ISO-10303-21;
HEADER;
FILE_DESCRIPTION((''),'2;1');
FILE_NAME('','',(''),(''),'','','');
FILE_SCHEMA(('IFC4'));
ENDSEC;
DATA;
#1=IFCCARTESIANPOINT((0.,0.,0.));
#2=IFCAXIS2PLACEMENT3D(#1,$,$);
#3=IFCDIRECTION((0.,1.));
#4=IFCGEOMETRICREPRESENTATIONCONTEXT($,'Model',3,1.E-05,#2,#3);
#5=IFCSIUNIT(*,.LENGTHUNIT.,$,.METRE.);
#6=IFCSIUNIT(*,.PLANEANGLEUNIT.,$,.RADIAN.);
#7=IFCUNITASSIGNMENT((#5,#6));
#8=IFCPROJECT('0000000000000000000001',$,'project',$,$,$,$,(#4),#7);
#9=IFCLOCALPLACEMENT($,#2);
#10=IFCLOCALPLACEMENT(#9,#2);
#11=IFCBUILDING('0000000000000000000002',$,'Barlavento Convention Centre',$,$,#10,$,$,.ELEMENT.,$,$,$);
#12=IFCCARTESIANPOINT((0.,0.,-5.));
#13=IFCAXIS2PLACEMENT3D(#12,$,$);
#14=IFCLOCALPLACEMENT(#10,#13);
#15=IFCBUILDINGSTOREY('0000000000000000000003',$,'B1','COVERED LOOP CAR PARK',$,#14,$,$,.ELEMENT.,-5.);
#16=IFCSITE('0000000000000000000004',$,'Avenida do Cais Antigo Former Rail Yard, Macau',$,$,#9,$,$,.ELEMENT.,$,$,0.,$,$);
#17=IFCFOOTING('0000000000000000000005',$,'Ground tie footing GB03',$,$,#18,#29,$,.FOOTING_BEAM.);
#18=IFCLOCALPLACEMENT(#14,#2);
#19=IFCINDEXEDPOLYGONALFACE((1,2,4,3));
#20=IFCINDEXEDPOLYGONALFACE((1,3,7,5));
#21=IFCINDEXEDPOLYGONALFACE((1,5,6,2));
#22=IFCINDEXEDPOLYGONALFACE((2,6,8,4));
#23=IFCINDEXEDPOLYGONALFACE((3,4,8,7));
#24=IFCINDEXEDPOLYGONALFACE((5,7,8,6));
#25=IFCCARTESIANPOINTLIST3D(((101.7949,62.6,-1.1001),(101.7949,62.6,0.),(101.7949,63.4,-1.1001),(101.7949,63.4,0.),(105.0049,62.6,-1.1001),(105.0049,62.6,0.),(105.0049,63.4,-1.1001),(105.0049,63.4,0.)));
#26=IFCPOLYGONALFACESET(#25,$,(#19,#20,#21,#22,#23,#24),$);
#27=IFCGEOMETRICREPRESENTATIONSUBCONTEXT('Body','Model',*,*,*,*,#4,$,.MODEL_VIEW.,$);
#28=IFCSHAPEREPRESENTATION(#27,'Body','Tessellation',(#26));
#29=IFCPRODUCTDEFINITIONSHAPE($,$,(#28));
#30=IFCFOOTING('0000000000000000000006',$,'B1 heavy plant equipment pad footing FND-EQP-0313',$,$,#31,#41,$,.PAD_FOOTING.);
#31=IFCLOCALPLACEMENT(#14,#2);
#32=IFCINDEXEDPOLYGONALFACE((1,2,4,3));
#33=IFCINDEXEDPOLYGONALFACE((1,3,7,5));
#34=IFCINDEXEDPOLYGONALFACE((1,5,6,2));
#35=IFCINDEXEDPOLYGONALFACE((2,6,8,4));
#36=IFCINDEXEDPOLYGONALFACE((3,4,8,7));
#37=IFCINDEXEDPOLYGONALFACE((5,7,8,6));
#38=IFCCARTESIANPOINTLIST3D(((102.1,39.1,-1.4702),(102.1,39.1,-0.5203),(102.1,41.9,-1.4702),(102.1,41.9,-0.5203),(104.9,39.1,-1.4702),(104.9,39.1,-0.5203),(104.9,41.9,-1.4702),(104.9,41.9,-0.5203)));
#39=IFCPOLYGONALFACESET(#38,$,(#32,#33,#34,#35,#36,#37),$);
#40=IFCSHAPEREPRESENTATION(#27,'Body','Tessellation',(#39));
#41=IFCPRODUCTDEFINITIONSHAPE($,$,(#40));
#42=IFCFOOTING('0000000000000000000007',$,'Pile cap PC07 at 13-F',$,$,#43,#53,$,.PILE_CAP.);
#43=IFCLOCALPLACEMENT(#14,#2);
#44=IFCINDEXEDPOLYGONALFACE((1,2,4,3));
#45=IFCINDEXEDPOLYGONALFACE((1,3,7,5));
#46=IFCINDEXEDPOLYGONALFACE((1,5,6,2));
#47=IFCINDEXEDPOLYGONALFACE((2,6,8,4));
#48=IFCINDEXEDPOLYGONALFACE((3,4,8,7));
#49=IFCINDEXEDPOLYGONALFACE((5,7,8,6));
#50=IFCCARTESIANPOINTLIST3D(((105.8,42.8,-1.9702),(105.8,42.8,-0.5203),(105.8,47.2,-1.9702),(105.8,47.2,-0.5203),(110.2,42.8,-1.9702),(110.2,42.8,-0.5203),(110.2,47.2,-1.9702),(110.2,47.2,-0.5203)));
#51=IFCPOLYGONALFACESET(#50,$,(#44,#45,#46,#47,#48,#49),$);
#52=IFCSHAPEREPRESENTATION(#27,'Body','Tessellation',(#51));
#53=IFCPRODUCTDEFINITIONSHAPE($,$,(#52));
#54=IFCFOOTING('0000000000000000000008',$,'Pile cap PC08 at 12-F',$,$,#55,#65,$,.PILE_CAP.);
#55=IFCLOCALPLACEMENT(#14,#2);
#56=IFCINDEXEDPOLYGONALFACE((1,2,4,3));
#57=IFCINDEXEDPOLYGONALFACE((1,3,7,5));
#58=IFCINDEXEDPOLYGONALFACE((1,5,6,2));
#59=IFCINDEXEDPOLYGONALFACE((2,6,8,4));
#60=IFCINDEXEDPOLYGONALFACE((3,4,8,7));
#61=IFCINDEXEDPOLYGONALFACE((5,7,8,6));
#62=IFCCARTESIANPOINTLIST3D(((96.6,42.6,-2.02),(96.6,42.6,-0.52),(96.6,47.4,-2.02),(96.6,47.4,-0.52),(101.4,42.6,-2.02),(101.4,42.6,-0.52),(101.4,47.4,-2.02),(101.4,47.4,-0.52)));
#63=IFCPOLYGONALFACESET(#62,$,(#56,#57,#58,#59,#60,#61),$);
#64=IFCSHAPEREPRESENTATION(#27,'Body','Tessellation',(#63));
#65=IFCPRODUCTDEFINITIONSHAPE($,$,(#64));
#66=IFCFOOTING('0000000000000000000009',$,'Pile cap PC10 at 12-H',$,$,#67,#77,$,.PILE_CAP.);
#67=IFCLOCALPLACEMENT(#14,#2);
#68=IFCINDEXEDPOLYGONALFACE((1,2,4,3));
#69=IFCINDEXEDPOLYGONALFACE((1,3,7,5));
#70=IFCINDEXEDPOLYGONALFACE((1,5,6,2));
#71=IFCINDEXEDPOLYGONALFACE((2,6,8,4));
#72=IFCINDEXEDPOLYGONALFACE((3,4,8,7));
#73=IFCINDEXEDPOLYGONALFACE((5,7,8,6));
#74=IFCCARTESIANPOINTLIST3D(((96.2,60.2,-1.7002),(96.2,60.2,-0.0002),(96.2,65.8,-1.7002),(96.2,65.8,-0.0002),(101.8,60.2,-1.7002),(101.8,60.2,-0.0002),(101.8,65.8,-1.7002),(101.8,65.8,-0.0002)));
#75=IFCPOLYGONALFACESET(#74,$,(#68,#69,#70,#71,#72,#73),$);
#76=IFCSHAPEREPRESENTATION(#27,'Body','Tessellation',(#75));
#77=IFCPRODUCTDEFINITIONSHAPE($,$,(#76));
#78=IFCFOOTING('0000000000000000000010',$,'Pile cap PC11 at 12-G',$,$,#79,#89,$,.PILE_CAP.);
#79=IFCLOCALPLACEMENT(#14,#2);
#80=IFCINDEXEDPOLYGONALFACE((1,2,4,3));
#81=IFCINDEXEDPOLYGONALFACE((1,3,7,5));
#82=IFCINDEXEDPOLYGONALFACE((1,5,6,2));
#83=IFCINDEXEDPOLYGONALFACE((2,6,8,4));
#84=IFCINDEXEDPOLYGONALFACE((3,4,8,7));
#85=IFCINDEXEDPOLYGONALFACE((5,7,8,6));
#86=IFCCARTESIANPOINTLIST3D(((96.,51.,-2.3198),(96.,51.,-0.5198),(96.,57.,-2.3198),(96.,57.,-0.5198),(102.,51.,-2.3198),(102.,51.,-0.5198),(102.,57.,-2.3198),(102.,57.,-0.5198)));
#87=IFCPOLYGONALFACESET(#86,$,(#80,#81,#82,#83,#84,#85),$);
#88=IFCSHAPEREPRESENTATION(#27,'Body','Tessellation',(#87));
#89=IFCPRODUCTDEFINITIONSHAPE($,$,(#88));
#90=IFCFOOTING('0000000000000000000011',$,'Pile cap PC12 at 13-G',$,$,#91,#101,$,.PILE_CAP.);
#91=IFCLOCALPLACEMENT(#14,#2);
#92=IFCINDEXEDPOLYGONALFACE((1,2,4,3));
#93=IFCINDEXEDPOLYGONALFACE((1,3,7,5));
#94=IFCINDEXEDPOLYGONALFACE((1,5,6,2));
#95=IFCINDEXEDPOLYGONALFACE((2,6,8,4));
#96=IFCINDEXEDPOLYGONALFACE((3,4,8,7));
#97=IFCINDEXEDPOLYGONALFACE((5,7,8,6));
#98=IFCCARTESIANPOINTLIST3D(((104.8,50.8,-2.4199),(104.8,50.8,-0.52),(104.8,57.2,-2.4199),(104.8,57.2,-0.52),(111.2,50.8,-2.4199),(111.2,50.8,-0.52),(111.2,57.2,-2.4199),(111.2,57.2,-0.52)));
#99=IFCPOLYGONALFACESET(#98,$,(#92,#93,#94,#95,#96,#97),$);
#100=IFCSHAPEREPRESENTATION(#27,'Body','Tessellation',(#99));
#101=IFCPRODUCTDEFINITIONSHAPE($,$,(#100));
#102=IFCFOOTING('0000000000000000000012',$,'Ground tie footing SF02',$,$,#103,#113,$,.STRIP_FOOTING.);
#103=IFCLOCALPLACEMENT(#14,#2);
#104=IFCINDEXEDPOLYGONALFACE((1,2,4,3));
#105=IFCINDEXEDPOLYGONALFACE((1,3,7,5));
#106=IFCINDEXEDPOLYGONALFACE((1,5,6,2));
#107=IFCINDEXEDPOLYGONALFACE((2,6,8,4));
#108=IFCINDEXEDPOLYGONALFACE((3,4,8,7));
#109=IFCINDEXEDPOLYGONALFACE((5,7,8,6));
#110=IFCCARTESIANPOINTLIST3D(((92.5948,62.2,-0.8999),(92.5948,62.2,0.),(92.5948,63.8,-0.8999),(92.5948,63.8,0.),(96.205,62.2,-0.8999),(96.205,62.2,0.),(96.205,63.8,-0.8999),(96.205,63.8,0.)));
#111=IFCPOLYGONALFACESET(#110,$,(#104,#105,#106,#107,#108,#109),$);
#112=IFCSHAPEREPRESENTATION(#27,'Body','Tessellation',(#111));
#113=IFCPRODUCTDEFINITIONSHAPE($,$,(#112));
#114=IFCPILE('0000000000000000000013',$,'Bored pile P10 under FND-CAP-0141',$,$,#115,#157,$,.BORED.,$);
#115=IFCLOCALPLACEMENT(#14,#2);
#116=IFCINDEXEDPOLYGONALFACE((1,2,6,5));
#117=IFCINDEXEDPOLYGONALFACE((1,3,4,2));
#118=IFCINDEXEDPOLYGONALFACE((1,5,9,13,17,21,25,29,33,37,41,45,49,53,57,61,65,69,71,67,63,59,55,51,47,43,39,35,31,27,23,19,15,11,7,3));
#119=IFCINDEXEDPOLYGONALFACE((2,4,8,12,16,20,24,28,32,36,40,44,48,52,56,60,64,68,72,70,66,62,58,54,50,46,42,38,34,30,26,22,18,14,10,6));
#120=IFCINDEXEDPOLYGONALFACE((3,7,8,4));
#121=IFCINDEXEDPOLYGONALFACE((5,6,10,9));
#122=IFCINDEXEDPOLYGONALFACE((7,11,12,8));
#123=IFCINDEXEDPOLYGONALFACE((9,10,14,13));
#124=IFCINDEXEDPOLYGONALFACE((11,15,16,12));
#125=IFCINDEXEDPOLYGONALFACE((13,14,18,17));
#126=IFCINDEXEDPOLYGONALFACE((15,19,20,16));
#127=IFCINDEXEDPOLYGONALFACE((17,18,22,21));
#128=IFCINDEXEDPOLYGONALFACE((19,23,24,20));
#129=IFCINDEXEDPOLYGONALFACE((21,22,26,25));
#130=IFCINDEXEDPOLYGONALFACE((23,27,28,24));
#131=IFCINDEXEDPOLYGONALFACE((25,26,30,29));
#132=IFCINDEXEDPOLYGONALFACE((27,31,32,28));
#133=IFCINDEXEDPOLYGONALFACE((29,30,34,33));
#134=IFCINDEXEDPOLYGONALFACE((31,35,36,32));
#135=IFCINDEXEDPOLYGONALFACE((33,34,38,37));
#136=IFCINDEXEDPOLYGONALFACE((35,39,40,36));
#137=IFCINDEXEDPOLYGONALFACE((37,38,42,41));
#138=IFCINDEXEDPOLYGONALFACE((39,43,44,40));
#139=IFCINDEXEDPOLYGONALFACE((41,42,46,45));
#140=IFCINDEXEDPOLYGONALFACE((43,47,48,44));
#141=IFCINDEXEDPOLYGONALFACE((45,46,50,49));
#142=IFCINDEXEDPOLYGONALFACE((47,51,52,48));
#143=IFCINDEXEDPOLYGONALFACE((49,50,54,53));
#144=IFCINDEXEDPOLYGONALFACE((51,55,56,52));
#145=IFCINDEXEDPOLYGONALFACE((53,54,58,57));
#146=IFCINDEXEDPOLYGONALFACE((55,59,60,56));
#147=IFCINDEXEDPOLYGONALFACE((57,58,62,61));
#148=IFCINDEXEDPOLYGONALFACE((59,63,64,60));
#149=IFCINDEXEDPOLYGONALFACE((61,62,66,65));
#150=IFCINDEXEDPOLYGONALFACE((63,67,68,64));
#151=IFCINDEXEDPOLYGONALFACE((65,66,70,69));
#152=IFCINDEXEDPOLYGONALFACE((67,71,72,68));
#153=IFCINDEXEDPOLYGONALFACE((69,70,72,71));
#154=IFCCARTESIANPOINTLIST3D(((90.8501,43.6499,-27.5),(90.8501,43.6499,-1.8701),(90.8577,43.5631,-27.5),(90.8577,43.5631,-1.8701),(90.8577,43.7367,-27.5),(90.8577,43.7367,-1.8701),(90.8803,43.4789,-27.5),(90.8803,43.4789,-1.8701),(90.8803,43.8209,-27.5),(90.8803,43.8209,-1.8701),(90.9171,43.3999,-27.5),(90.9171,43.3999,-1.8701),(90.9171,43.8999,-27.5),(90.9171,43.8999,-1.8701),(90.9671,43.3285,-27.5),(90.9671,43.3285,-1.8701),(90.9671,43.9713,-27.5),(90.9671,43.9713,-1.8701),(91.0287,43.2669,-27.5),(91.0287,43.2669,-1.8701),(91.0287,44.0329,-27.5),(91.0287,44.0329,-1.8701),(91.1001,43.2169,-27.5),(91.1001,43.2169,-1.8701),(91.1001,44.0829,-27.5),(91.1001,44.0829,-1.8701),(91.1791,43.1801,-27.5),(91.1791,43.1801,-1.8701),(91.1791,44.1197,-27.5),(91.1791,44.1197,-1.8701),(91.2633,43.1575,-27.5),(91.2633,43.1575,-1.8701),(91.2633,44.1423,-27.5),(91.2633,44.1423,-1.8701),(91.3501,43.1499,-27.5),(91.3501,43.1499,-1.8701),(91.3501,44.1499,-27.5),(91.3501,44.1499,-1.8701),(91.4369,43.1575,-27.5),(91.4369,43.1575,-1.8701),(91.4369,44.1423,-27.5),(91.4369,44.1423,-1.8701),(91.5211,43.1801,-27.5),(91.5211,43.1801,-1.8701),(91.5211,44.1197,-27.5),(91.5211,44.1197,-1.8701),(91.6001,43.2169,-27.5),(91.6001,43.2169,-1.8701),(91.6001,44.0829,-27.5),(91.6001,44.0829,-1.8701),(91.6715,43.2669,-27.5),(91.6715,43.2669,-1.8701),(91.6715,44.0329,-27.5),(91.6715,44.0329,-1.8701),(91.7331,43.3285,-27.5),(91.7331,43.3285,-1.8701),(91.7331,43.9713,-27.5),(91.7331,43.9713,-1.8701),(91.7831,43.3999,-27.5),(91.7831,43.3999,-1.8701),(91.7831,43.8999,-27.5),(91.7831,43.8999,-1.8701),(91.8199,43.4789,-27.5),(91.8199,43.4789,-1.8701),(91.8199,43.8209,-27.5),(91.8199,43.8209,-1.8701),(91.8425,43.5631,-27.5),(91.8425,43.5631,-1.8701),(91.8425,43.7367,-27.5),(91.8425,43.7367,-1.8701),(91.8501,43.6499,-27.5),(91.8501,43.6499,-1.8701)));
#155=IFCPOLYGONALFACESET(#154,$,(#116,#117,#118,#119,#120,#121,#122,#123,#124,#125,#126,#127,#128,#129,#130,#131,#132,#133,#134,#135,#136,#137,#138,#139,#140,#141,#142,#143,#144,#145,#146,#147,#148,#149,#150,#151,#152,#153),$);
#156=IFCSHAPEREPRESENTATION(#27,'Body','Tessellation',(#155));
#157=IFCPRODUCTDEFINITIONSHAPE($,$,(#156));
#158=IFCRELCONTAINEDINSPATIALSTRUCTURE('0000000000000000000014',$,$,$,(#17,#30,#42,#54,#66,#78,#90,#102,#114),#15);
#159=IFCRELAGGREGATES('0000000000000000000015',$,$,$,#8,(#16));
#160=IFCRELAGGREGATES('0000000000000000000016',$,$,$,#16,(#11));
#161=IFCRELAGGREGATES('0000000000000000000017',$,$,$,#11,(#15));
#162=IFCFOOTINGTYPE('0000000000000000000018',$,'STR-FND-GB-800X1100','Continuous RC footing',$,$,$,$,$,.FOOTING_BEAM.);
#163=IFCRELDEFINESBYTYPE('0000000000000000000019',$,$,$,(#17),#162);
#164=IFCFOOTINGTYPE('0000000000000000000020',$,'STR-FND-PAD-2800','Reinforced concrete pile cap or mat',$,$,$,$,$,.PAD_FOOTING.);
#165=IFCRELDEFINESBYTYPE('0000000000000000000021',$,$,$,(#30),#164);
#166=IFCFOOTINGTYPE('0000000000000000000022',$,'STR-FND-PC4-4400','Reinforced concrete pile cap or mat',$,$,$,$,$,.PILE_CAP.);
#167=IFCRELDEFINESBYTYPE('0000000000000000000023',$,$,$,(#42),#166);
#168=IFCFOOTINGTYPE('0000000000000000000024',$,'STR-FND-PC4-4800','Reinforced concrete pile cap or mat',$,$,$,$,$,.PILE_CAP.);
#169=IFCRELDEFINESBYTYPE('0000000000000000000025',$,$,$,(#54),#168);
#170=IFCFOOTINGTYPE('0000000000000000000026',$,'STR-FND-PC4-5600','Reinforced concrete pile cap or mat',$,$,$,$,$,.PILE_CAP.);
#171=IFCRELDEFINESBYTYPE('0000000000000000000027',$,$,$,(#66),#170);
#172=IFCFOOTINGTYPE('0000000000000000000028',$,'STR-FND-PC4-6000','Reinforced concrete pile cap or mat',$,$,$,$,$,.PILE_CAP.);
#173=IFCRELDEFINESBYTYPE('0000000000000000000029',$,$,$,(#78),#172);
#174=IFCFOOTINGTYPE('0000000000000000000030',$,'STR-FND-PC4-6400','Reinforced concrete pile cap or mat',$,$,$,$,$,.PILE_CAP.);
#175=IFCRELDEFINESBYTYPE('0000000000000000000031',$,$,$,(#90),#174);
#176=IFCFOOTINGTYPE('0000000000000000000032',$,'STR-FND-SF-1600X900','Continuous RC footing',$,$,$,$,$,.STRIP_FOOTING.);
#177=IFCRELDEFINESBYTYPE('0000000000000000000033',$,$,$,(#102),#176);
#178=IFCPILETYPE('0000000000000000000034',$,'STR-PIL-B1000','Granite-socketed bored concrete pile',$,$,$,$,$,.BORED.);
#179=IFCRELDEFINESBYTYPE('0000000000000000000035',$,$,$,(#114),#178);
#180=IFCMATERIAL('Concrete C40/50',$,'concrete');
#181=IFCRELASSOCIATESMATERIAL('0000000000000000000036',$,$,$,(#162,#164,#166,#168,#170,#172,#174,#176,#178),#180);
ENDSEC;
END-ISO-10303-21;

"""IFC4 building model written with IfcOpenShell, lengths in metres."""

from ifc_helpers import new_model, si_unit, direction, frame, origin, origin_2d, place, context, subcontext, project, spatial, rectangle, circle, extrude, material, material_profile, profile_set, type_object, element, save


model = new_model("IFC4")

# Units and contexts
model_context = context("Model", 3, precision=1e-05, world=origin(), true_north=direction((0.0, 1.0)))
body_context = subcontext(model_context, "Body", "Model", "MODEL_VIEW")
ifc_project = project(units=[si_unit("LENGTHUNIT", "METRE"), si_unit("PLANEANGLEUNIT", "RADIAN")], contexts=[model_context])

# Site, building, storey
site_placement = place(None, origin())
site = spatial("IfcSite", under=ifc_project, at=site_placement, Name="Avenida do Cais Antigo Former Rail Yard, Macau", CompositionType="ELEMENT", RefElevation=0.0)
building_placement = place(site_placement, origin())
building = spatial("IfcBuilding", under=site, at=building_placement, Name="Barlavento Convention Centre", CompositionType="ELEMENT")
storey_placement = place(building_placement, frame((0.0, 0.0, -5.0)))
storey = spatial("IfcBuildingStorey", under=building, at=storey_placement, Name="B1", Description="COVERED LOOP CAR PARK", CompositionType="ELEMENT", Elevation=-5.0)

# Footings
ifc_material_1 = material(Name="Concrete C40/50", Category="concrete")
footing_type_1 = type_object("IfcFootingType", Name="STR-FND-GB-800X1100", Description="Continuous RC footing", PredefinedType="FOOTING_BEAM", material=ifc_material_1)
footing_1_placement = place(storey_placement, frame((103.3999, 63.0, -1.1001), z_axis=(0.0, 0.0, 1.0), x_axis=(1.0, 0.0, 0.0)))
element("IfcFooting", 1, at=footing_1_placement, inside=storey, type_object=footing_type_1, Name="Ground tie footing GB03", PredefinedType="FOOTING_BEAM", context=body_context, shape_type="SweptSolid", body=[
    extrude(rectangle(XDim=3.21, YDim=0.8, at=origin_2d()), origin(), (0.0, 0.0, 1.0), 1.1001),
])
footing_type_2 = type_object("IfcFootingType", Name="STR-FND-PAD-2800", Description="Reinforced concrete pile cap or mat", PredefinedType="PAD_FOOTING", material=ifc_material_1)
footing_2_placement = place(storey_placement, frame((103.5, 40.5, -1.4702), z_axis=(0.0, 0.0, 1.0), x_axis=(1.0, 0.0, 0.0)))
element("IfcFooting", 2, at=footing_2_placement, inside=storey, type_object=footing_type_2, Name="B1 heavy plant equipment pad footing FND-EQP-0313", PredefinedType="PAD_FOOTING", context=body_context, shape_type="SweptSolid", body=[
    extrude(rectangle(XDim=2.8, YDim=2.8, at=origin_2d()), origin(), (0.0, 0.0, 1.0), 0.95),
])
footing_type_3 = type_object("IfcFootingType", Name="STR-FND-PC4-4400", Description="Reinforced concrete pile cap or mat", PredefinedType="PILE_CAP", material=ifc_material_1)
footing_3_placement = place(storey_placement, frame((108.0, 45.0, -1.9702), z_axis=(0.0, 0.0, 1.0), x_axis=(1.0, 0.0, 0.0)))
element("IfcFooting", 3, at=footing_3_placement, inside=storey, type_object=footing_type_3, Name="Pile cap PC07 at 13-F", PredefinedType="PILE_CAP", context=body_context, shape_type="SweptSolid", body=[
    extrude(rectangle(XDim=4.3999, YDim=4.3999, at=origin_2d()), origin(), (0.0, 0.0, 1.0), 1.45),
])
footing_type_4 = type_object("IfcFootingType", Name="STR-FND-PC4-4800", Description="Reinforced concrete pile cap or mat", PredefinedType="PILE_CAP", material=ifc_material_1)
footing_4_placement = place(storey_placement, frame((99.0, 45.0, -2.02), z_axis=(0.0, 0.0, 1.0), x_axis=(1.0, 0.0, 0.0)))
element("IfcFooting", 4, at=footing_4_placement, inside=storey, type_object=footing_type_4, Name="Pile cap PC08 at 12-F", PredefinedType="PILE_CAP", context=body_context, shape_type="SweptSolid", body=[
    extrude(rectangle(XDim=4.8, YDim=4.8, at=origin_2d()), origin(), (0.0, 0.0, 1.0), 1.5),
])
footing_type_5 = type_object("IfcFootingType", Name="STR-FND-PC4-5600", Description="Reinforced concrete pile cap or mat", PredefinedType="PILE_CAP", material=ifc_material_1)
footing_5_placement = place(storey_placement, frame((99.0, 63.0, -1.7002), z_axis=(0.0, 0.0, 1.0), x_axis=(1.0, 0.0, 0.0)))
element("IfcFooting", 5, at=footing_5_placement, inside=storey, type_object=footing_type_5, Name="Pile cap PC10 at 12-H", PredefinedType="PILE_CAP", context=body_context, shape_type="SweptSolid", body=[
    extrude(rectangle(XDim=5.6001, YDim=5.6001, at=origin_2d()), origin(), (0.0, 0.0, 1.0), 1.7),
])
footing_type_6 = type_object("IfcFootingType", Name="STR-FND-PC4-6000", Description="Reinforced concrete pile cap or mat", PredefinedType="PILE_CAP", material=ifc_material_1)
footing_6_placement = place(storey_placement, frame((99.0, 54.0, -2.3198), z_axis=(0.0, 0.0, 1.0), x_axis=(1.0, 0.0, 0.0)))
element("IfcFooting", 6, at=footing_6_placement, inside=storey, type_object=footing_type_6, Name="Pile cap PC11 at 12-G", PredefinedType="PILE_CAP", context=body_context, shape_type="SweptSolid", body=[
    extrude(rectangle(XDim=6.0, YDim=6.0, at=origin_2d()), origin(), (0.0, 0.0, 1.0), 1.8),
])
footing_type_7 = type_object("IfcFootingType", Name="STR-FND-PC4-6400", Description="Reinforced concrete pile cap or mat", PredefinedType="PILE_CAP", material=ifc_material_1)
footing_7_placement = place(storey_placement, frame((108.0, 54.0, -2.4199), z_axis=(0.0, 0.0, 1.0), x_axis=(1.0, 0.0, 0.0)))
element("IfcFooting", 7, at=footing_7_placement, inside=storey, type_object=footing_type_7, Name="Pile cap PC12 at 13-G", PredefinedType="PILE_CAP", context=body_context, shape_type="SweptSolid", body=[
    extrude(rectangle(XDim=6.3999, YDim=6.3999, at=origin_2d()), origin(), (0.0, 0.0, 1.0), 1.8999),
])
footing_type_8 = type_object("IfcFootingType", Name="STR-FND-SF-1600X900", Description="Continuous RC footing", PredefinedType="STRIP_FOOTING", material=ifc_material_1)
footing_8_placement = place(storey_placement, frame((94.3999, 63.0, -0.8999), z_axis=(0.0, 0.0, 1.0), x_axis=(1.0, 0.0, 0.0)))
element("IfcFooting", 8, at=footing_8_placement, inside=storey, type_object=footing_type_8, Name="Ground tie footing SF02", PredefinedType="STRIP_FOOTING", context=body_context, shape_type="SweptSolid", body=[
    extrude(rectangle(XDim=3.6101, YDim=1.6001, at=origin_2d()), origin(), (0.0, 0.0, 1.0), 0.8999),
])

# Pile
ifc_material_profile_1 = material_profile(ifc_material_1, circle(Radius=0.5, at=origin_2d()), Name="BORED PILE 1000")
ifc_profile_set_1 = profile_set([ifc_material_profile_1], Name="Concrete C40/50")
pile_type_1 = type_object("IfcPileType", Name="STR-PIL-B1000", Description="Granite-socketed bored concrete pile", PredefinedType="BORED", material=ifc_profile_set_1)
for number, where, z_axis, x_axis, name in (
    (9, (91.3501, 43.6499, -1.8701), (0.0, 0.0, -1.0), (1.0, 0.0, 0.0), "Bored pile P10 under FND-CAP-0141"),
):
    element("IfcPile", number, at=place(storey_placement, frame(where, z_axis=z_axis, x_axis=x_axis)), inside=storey, type_object=pile_type_1, Name=name, PredefinedType="BORED", context=body_context, shape_type="SweptSolid", body=[
        extrude(circle(Radius=0.5, at=origin_2d()), origin(), (0.0, 0.0, 1.0), 25.6299),
    ])

save(model, "model.ifc")
